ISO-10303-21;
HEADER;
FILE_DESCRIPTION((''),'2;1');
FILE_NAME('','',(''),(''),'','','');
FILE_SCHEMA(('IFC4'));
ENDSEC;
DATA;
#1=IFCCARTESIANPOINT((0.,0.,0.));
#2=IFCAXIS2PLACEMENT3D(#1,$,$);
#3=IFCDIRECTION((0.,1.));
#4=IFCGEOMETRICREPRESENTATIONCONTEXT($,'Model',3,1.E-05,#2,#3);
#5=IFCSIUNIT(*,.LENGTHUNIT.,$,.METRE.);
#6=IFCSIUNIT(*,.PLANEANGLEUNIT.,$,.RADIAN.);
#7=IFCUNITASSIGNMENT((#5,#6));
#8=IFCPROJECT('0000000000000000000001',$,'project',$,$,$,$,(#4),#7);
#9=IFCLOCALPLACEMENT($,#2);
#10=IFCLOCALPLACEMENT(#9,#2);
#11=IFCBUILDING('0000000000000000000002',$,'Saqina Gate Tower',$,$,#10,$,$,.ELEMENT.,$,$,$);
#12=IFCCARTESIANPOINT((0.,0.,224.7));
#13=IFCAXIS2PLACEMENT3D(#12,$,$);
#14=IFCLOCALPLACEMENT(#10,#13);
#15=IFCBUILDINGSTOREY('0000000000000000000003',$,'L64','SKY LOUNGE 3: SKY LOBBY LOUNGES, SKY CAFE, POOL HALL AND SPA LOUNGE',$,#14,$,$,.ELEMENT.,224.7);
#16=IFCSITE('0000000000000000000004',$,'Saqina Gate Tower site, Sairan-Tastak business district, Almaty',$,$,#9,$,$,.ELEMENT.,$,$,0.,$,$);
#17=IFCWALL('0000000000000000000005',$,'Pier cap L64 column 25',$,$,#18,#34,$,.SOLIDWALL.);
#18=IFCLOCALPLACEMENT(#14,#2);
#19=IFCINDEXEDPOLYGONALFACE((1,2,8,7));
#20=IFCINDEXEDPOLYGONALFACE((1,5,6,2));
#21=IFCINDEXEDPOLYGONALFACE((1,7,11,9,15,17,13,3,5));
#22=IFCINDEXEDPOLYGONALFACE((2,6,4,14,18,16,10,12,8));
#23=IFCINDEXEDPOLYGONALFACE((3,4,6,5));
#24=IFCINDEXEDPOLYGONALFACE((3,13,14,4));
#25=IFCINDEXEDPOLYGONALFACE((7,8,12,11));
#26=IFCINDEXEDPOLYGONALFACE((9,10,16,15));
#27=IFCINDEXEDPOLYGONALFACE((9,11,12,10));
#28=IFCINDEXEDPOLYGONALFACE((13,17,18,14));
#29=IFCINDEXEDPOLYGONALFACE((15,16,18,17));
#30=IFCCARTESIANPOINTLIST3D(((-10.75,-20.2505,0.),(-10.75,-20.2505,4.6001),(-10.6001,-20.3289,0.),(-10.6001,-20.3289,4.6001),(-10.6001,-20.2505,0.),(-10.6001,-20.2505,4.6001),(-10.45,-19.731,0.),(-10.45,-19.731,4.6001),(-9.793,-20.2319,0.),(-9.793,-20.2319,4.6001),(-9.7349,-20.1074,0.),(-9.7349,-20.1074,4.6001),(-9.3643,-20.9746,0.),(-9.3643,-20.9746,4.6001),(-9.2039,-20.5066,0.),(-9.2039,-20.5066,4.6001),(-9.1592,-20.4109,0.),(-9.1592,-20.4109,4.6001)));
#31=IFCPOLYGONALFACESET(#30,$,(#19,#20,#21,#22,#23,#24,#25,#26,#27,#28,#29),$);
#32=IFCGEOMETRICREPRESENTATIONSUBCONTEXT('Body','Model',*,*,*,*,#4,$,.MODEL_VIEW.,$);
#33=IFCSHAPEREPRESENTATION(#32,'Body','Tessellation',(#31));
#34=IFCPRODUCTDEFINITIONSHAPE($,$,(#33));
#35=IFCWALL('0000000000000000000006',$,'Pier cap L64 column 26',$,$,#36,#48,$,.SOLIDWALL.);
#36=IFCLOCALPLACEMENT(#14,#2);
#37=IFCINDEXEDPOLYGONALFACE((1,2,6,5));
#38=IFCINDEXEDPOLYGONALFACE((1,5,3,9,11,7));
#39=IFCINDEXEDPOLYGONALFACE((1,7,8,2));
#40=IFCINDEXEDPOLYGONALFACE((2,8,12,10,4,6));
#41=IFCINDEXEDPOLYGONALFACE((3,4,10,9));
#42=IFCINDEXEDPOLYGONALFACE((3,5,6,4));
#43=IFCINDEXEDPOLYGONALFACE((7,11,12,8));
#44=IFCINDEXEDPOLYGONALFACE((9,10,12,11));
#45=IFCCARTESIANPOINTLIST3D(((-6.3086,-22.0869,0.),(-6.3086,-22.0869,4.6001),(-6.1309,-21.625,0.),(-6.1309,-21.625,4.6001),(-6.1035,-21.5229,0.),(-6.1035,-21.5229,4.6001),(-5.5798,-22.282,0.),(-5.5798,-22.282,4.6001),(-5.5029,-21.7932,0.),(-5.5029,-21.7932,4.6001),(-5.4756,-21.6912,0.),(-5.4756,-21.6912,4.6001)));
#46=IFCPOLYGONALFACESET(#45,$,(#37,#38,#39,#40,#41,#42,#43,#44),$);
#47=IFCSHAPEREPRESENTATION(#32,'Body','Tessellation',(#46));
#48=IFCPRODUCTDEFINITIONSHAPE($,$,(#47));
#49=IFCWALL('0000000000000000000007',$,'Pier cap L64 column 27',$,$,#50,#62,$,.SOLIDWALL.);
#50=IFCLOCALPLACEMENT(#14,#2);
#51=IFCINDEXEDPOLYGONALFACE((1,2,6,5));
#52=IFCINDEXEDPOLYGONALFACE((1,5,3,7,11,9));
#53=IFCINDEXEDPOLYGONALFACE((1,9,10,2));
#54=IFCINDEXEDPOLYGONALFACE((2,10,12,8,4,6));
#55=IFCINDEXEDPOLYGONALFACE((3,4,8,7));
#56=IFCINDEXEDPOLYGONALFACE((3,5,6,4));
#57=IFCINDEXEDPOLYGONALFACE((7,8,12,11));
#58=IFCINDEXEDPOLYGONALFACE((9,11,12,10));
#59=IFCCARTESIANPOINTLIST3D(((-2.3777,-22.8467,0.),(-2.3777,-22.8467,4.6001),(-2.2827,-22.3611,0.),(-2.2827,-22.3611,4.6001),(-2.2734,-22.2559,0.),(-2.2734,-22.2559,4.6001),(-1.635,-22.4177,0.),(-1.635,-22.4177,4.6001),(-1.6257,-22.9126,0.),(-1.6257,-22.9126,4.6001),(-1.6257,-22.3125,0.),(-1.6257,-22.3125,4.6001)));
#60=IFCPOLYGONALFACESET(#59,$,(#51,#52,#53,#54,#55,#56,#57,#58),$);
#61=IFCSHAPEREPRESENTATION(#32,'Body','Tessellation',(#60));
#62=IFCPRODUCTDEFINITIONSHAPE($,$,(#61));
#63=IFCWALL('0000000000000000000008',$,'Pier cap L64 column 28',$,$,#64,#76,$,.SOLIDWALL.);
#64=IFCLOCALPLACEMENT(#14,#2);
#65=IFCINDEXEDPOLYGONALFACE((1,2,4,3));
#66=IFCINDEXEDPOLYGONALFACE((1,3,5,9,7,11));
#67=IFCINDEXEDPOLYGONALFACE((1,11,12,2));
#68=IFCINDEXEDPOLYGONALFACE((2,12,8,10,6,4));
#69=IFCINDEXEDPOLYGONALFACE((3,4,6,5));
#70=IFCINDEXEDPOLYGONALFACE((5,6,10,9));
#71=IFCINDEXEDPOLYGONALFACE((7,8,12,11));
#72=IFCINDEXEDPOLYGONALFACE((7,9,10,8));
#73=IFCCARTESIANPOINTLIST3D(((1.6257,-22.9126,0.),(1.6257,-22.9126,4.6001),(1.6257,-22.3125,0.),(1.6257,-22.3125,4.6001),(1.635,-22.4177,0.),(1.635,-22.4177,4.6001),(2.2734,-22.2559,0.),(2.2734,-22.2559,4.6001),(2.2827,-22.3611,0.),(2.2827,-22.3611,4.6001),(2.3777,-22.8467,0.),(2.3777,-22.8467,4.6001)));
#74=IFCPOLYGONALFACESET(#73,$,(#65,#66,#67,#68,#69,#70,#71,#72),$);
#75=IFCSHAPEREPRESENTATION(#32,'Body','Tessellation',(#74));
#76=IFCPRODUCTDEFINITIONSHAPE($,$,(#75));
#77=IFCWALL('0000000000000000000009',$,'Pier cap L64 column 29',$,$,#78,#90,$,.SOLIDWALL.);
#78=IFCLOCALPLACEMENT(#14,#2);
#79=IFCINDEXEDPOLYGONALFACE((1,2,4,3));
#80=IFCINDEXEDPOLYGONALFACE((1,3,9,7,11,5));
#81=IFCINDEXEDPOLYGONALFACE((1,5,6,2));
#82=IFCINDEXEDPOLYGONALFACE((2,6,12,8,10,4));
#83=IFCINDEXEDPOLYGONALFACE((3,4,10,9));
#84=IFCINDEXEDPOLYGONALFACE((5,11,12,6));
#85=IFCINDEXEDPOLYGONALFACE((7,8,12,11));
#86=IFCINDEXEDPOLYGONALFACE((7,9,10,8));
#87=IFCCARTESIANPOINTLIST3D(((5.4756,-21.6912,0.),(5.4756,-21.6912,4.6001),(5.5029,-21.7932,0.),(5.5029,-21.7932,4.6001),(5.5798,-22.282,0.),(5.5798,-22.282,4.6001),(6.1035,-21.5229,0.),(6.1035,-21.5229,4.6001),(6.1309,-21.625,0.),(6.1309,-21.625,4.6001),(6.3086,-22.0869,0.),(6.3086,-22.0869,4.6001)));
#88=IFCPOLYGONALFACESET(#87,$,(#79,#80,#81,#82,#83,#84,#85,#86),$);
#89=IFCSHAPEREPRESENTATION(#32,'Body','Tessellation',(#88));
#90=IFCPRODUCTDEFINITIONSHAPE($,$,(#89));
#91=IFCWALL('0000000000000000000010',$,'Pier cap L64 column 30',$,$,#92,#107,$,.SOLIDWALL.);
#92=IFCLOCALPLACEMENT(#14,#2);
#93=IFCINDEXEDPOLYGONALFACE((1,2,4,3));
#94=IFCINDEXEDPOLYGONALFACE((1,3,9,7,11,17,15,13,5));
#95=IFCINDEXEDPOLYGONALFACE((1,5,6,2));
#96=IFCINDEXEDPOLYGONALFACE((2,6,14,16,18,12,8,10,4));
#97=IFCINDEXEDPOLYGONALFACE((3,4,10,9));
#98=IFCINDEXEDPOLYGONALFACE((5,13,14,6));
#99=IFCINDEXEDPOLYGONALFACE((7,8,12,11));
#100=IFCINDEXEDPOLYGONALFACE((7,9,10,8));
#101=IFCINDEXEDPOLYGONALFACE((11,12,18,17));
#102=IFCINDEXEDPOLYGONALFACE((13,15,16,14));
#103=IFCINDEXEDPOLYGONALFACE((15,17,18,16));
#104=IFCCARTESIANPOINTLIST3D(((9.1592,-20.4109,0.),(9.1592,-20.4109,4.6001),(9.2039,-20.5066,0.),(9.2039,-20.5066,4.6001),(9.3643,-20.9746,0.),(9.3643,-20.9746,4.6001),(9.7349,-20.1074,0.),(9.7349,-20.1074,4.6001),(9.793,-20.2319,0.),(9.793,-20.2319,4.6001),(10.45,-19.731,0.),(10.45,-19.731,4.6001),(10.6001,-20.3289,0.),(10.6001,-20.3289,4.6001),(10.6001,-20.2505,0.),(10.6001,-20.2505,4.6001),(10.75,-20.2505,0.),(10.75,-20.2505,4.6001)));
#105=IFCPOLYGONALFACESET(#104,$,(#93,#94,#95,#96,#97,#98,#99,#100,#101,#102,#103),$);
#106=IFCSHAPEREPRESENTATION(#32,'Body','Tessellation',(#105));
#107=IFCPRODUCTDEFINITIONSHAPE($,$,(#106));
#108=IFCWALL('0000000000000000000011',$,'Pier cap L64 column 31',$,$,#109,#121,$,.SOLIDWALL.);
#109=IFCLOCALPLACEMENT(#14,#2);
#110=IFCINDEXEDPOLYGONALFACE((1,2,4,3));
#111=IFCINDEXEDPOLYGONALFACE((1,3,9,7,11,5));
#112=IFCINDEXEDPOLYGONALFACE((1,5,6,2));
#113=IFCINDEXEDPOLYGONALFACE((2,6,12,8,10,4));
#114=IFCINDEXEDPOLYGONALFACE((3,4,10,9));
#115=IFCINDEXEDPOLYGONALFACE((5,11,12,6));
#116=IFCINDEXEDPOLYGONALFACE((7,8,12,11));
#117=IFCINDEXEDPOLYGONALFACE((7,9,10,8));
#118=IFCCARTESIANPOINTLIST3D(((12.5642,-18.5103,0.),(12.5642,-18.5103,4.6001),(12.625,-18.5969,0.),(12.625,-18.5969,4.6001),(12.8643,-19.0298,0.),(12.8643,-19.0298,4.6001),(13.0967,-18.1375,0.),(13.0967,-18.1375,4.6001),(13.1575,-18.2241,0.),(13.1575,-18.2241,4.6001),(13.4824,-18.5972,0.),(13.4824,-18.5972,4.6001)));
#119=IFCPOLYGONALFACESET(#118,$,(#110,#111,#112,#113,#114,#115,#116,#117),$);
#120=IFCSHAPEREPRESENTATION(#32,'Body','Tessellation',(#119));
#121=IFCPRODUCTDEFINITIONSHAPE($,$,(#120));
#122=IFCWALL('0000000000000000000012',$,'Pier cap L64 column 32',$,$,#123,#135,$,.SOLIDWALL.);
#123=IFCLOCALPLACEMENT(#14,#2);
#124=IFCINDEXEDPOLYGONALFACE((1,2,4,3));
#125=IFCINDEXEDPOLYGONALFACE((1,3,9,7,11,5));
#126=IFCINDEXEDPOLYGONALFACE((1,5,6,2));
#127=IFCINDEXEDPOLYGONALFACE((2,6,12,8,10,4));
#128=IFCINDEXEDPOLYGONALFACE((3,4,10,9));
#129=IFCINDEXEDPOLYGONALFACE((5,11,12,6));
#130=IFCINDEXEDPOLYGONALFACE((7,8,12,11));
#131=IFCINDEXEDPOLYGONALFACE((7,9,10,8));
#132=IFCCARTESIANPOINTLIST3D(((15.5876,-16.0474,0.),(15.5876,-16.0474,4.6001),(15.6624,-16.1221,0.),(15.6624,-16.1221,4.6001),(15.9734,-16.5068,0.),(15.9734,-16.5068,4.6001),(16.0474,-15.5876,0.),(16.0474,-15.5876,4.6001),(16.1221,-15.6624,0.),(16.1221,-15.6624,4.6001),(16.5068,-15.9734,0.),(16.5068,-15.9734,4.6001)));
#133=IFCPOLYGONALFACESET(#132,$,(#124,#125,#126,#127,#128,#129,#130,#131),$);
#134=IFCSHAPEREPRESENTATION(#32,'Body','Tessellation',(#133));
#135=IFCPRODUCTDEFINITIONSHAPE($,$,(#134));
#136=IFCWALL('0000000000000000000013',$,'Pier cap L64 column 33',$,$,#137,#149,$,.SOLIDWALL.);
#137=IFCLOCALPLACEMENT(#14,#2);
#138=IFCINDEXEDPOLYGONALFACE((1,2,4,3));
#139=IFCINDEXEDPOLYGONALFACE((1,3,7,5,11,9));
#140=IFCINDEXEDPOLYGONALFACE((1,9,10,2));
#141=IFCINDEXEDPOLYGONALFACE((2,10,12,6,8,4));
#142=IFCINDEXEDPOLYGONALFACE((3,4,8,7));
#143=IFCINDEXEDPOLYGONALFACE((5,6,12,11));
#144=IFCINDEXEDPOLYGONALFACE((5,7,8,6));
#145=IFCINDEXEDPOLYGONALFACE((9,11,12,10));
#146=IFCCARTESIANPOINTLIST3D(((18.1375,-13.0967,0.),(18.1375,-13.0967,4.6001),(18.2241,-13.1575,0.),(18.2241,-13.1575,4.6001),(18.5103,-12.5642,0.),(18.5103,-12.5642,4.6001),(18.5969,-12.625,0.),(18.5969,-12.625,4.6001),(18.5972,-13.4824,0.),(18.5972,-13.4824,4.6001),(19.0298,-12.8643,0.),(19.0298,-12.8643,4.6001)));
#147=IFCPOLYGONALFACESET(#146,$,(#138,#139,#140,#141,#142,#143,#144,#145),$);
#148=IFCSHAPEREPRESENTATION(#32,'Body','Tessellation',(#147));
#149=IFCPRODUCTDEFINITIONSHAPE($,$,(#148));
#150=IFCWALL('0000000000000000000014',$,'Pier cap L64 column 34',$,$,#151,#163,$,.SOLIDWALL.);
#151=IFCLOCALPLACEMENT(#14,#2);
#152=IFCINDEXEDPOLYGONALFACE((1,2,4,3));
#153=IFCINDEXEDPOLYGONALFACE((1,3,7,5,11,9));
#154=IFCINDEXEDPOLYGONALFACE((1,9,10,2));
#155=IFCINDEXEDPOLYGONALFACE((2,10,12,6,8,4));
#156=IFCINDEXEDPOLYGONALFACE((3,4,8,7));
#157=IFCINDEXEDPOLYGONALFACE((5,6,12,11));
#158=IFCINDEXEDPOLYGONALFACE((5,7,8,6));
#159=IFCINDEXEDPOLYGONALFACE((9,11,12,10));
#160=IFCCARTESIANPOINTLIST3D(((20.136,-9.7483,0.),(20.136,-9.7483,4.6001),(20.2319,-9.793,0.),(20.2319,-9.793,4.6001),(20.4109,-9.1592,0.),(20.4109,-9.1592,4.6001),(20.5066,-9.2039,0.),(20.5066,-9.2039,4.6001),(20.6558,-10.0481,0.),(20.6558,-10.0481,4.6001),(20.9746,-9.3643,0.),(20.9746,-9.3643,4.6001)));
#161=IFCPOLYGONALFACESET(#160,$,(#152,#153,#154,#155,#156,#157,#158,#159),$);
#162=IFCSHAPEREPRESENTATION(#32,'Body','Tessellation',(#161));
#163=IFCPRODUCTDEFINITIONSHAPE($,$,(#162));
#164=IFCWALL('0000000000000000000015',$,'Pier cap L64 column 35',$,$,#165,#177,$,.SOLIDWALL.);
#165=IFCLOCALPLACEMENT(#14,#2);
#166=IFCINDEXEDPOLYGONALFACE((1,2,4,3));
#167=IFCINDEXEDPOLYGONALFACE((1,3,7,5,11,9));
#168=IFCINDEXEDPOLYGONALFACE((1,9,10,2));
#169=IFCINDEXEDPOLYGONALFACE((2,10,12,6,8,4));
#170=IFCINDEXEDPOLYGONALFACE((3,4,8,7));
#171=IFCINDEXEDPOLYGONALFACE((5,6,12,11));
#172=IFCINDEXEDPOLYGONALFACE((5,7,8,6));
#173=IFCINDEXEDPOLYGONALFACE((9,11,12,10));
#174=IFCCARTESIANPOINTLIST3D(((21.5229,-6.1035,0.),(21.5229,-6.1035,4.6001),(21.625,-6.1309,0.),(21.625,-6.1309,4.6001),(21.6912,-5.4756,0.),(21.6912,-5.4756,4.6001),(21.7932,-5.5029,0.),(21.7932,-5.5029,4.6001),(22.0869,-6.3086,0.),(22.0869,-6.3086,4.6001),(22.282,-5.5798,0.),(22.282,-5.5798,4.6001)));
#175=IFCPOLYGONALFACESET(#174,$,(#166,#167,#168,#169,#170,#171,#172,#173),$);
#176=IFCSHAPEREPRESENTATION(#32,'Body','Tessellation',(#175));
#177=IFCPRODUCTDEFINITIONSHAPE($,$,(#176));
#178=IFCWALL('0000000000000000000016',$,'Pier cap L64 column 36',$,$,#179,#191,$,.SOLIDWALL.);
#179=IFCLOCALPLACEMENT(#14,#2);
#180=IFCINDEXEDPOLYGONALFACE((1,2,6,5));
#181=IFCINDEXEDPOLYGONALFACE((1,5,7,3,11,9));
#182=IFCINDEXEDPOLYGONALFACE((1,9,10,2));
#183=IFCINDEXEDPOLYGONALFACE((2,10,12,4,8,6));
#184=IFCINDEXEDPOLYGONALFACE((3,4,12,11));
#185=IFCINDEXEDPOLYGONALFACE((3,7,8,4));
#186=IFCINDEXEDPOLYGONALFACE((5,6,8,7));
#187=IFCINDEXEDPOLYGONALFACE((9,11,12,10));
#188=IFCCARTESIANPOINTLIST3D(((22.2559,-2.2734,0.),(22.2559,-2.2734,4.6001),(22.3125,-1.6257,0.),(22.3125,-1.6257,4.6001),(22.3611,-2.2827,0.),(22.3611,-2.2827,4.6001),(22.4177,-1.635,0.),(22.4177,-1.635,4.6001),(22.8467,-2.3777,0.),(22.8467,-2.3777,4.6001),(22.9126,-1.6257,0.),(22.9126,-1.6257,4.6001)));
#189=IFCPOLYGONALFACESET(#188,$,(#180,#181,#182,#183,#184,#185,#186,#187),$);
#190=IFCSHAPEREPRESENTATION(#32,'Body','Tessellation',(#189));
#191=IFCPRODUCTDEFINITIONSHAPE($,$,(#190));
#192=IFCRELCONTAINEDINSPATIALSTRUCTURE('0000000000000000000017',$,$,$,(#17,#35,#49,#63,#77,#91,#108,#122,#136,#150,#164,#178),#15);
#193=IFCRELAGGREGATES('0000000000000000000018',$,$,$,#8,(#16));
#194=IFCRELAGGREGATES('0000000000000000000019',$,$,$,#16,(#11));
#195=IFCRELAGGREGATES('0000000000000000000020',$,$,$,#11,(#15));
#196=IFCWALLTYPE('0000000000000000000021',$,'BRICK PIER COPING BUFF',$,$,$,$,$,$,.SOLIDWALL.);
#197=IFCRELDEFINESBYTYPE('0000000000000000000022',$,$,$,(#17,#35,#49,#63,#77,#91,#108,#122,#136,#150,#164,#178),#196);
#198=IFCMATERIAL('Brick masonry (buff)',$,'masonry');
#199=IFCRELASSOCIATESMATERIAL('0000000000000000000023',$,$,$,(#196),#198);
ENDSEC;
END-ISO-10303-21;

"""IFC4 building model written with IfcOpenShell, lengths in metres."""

from ifc_helpers import new_model, si_unit, direction, frame, origin, place, context, subcontext, project, spatial, polyline, outline, extrude, material, type_object, element, save


model = new_model("IFC4")

# Units and contexts
model_context = context("Model", 3, precision=1e-05, world=origin(), true_north=direction((0.0, 1.0)))
body_context = subcontext(model_context, "Body", "Model", "MODEL_VIEW")
ifc_project = project(units=[si_unit("LENGTHUNIT", "METRE"), si_unit("PLANEANGLEUNIT", "RADIAN")], contexts=[model_context])

# Site, building, storey
site_placement = place(None, origin())
site = spatial("IfcSite", under=ifc_project, at=site_placement, Name="Saqina Gate Tower site, Sairan-Tastak business district, Almaty", CompositionType="ELEMENT", RefElevation=0.0)
building_placement = place(site_placement, origin())
building = spatial("IfcBuilding", under=site, at=building_placement, Name="Saqina Gate Tower", CompositionType="ELEMENT")
storey_placement = place(building_placement, frame((0.0, 0.0, 224.7)))
storey = spatial("IfcBuildingStorey", under=building, at=storey_placement, Name="L64", Description="SKY LOUNGE 3: SKY LOBBY LOUNGES, SKY CAFE, POOL HALL AND SPA LOUNGE", CompositionType="ELEMENT", Elevation=224.7)

# Walls
ifc_material_1 = material(Name="Brick masonry (buff)", Category="masonry")
wall_type_1 = type_object("IfcWallType", Name="BRICK PIER COPING BUFF", PredefinedType="SOLIDWALL", material=ifc_material_1)
wall_1_placement = place(storey_placement, origin())
element("IfcWall", 1, at=wall_1_placement, inside=storey, type_object=wall_type_1, Name="Pier cap L64 column 25", PredefinedType="SOLIDWALL", context=body_context, shape_type="SweptSolid", body=[
    extrude(outline(polyline([(-10.45, -19.731), (-10.75, -20.2505), (-10.6001, -20.2505), (-10.6001, -20.3289), (-9.3643, -20.9746), (-9.1592, -20.4109), (-9.2039, -20.5066), (-9.793, -20.2319), (-9.7349, -20.1074), (-10.45, -19.731)])), origin(), (0.0, 0.0, 1.0), 4.6001),
])
wall_2_placement = place(storey_placement, origin())
element("IfcWall", 2, at=wall_2_placement, inside=storey, type_object=wall_type_1, Name="Pier cap L64 column 26", PredefinedType="SOLIDWALL", context=body_context, shape_type="SweptSolid", body=[
    extrude(outline(polyline([(-5.5798, -22.282), (-5.4756, -21.6912), (-5.5029, -21.7932), (-6.1309, -21.625), (-6.1035, -21.5229), (-6.3086, -22.0869), (-5.5798, -22.282)])), origin(), (0.0, 0.0, 1.0), 4.6001),
])
wall_3_placement = place(storey_placement, origin())
element("IfcWall", 3, at=wall_3_placement, inside=storey, type_object=wall_type_1, Name="Pier cap L64 column 27", PredefinedType="SOLIDWALL", context=body_context, shape_type="SweptSolid", body=[
    extrude(outline(polyline([(-2.3777, -22.8467), (-1.6257, -22.9126), (-1.6257, -22.3125), (-1.635, -22.4177), (-2.2827, -22.3611), (-2.2734, -22.2559), (-2.3777, -22.8467)])), origin(), (0.0, 0.0, 1.0), 4.6001),
])
wall_4_placement = place(storey_placement, origin())
element("IfcWall", 4, at=wall_4_placement, inside=storey, type_object=wall_type_1, Name="Pier cap L64 column 28", PredefinedType="SOLIDWALL", context=body_context, shape_type="SweptSolid", body=[
    extrude(outline(polyline([(1.6257, -22.9126), (2.3777, -22.8467), (2.2734, -22.2559), (2.2827, -22.3611), (1.635, -22.4177), (1.6257, -22.3125), (1.6257, -22.9126)])), origin(), (0.0, 0.0, 1.0), 4.6001),
])
wall_5_placement = place(storey_placement, origin())
element("IfcWall", 5, at=wall_5_placement, inside=storey, type_object=wall_type_1, Name="Pier cap L64 column 29", PredefinedType="SOLIDWALL", context=body_context, shape_type="SweptSolid", body=[
    extrude(outline(polyline([(6.3086, -22.0869), (6.1035, -21.5229), (6.1309, -21.625), (5.5029, -21.7932), (5.4756, -21.6912), (5.5798, -22.282), (6.3086, -22.0869)])), origin(), (0.0, 0.0, 1.0), 4.6001),
])
wall_6_placement = place(storey_placement, origin())
element("IfcWall", 6, at=wall_6_placement, inside=storey, type_object=wall_type_1, Name="Pier cap L64 column 30", PredefinedType="SOLIDWALL", context=body_context, shape_type="SweptSolid", body=[
    extrude(outline(polyline([(9.1592, -20.4109), (9.3643, -20.9746), (10.6001, -20.3289), (10.6001, -20.2505), (10.75, -20.2505), (10.45, -19.731), (9.7349, -20.1074), (9.793, -20.2319), (9.2039, -20.5066), (9.1592, -20.4109)])), origin(), (0.0, 0.0, 1.0), 4.6001),
])
wall_7_placement = place(storey_placement, origin())
element("IfcWall", 7, at=wall_7_placement, inside=storey, type_object=wall_type_1, Name="Pier cap L64 column 31", PredefinedType="SOLIDWALL", context=body_context, shape_type="SweptSolid", body=[
    extrude(outline(polyline([(12.8643, -19.0298), (13.4824, -18.5972), (13.0967, -18.1375), (13.1575, -18.2241), (12.625, -18.5969), (12.5642, -18.5103), (12.8643, -19.0298)])), origin(), (0.0, 0.0, 1.0), 4.6001),
])
wall_8_placement = place(storey_placement, origin())
element("IfcWall", 8, at=wall_8_placement, inside=storey, type_object=wall_type_1, Name="Pier cap L64 column 32", PredefinedType="SOLIDWALL", context=body_context, shape_type="SweptSolid", body=[
    extrude(outline(polyline([(16.5068, -15.9734), (16.0474, -15.5876), (16.1221, -15.6624), (15.6624, -16.1221), (15.5876, -16.0474), (15.9734, -16.5068), (16.5068, -15.9734)])), origin(), (0.0, 0.0, 1.0), 4.6001),
])
wall_9_placement = place(storey_placement, origin())
element("IfcWall", 9, at=wall_9_placement, inside=storey, type_object=wall_type_1, Name="Pier cap L64 column 33", PredefinedType="SOLIDWALL", context=body_context, shape_type="SweptSolid", body=[
    extrude(outline(polyline([(19.0298, -12.8643), (18.5103, -12.5642), (18.5969, -12.625), (18.2241, -13.1575), (18.1375, -13.0967), (18.5972, -13.4824), (19.0298, -12.8643)])), origin(), (0.0, 0.0, 1.0), 4.6001),
])
wall_10_placement = place(storey_placement, origin())
element("IfcWall", 10, at=wall_10_placement, inside=storey, type_object=wall_type_1, Name="Pier cap L64 column 34", PredefinedType="SOLIDWALL", context=body_context, shape_type="SweptSolid", body=[
    extrude(outline(polyline([(20.6558, -10.0481), (20.9746, -9.3643), (20.4109, -9.1592), (20.5066, -9.2039), (20.2319, -9.793), (20.136, -9.7483), (20.6558, -10.0481)])), origin(), (0.0, 0.0, 1.0), 4.6001),
])
wall_11_placement = place(storey_placement, origin())
element("IfcWall", 11, at=wall_11_placement, inside=storey, type_object=wall_type_1, Name="Pier cap L64 column 35", PredefinedType="SOLIDWALL", context=body_context, shape_type="SweptSolid", body=[
    extrude(outline(polyline([(22.282, -5.5798), (21.6912, -5.4756), (21.7932, -5.5029), (21.625, -6.1309), (21.5229, -6.1035), (22.0869, -6.3086), (22.282, -5.5798)])), origin(), (0.0, 0.0, 1.0), 4.6001),
])
wall_12_placement = place(storey_placement, origin())
element("IfcWall", 12, at=wall_12_placement, inside=storey, type_object=wall_type_1, Name="Pier cap L64 column 36", PredefinedType="SOLIDWALL", context=body_context, shape_type="SweptSolid", body=[
    extrude(outline(polyline([(22.8467, -2.3777), (22.9126, -1.6257), (22.3125, -1.6257), (22.4177, -1.635), (22.3611, -2.2827), (22.2559, -2.2734), (22.8467, -2.3777)])), origin(), (0.0, 0.0, 1.0), 4.6001),
])

save(model, "model.ifc")
